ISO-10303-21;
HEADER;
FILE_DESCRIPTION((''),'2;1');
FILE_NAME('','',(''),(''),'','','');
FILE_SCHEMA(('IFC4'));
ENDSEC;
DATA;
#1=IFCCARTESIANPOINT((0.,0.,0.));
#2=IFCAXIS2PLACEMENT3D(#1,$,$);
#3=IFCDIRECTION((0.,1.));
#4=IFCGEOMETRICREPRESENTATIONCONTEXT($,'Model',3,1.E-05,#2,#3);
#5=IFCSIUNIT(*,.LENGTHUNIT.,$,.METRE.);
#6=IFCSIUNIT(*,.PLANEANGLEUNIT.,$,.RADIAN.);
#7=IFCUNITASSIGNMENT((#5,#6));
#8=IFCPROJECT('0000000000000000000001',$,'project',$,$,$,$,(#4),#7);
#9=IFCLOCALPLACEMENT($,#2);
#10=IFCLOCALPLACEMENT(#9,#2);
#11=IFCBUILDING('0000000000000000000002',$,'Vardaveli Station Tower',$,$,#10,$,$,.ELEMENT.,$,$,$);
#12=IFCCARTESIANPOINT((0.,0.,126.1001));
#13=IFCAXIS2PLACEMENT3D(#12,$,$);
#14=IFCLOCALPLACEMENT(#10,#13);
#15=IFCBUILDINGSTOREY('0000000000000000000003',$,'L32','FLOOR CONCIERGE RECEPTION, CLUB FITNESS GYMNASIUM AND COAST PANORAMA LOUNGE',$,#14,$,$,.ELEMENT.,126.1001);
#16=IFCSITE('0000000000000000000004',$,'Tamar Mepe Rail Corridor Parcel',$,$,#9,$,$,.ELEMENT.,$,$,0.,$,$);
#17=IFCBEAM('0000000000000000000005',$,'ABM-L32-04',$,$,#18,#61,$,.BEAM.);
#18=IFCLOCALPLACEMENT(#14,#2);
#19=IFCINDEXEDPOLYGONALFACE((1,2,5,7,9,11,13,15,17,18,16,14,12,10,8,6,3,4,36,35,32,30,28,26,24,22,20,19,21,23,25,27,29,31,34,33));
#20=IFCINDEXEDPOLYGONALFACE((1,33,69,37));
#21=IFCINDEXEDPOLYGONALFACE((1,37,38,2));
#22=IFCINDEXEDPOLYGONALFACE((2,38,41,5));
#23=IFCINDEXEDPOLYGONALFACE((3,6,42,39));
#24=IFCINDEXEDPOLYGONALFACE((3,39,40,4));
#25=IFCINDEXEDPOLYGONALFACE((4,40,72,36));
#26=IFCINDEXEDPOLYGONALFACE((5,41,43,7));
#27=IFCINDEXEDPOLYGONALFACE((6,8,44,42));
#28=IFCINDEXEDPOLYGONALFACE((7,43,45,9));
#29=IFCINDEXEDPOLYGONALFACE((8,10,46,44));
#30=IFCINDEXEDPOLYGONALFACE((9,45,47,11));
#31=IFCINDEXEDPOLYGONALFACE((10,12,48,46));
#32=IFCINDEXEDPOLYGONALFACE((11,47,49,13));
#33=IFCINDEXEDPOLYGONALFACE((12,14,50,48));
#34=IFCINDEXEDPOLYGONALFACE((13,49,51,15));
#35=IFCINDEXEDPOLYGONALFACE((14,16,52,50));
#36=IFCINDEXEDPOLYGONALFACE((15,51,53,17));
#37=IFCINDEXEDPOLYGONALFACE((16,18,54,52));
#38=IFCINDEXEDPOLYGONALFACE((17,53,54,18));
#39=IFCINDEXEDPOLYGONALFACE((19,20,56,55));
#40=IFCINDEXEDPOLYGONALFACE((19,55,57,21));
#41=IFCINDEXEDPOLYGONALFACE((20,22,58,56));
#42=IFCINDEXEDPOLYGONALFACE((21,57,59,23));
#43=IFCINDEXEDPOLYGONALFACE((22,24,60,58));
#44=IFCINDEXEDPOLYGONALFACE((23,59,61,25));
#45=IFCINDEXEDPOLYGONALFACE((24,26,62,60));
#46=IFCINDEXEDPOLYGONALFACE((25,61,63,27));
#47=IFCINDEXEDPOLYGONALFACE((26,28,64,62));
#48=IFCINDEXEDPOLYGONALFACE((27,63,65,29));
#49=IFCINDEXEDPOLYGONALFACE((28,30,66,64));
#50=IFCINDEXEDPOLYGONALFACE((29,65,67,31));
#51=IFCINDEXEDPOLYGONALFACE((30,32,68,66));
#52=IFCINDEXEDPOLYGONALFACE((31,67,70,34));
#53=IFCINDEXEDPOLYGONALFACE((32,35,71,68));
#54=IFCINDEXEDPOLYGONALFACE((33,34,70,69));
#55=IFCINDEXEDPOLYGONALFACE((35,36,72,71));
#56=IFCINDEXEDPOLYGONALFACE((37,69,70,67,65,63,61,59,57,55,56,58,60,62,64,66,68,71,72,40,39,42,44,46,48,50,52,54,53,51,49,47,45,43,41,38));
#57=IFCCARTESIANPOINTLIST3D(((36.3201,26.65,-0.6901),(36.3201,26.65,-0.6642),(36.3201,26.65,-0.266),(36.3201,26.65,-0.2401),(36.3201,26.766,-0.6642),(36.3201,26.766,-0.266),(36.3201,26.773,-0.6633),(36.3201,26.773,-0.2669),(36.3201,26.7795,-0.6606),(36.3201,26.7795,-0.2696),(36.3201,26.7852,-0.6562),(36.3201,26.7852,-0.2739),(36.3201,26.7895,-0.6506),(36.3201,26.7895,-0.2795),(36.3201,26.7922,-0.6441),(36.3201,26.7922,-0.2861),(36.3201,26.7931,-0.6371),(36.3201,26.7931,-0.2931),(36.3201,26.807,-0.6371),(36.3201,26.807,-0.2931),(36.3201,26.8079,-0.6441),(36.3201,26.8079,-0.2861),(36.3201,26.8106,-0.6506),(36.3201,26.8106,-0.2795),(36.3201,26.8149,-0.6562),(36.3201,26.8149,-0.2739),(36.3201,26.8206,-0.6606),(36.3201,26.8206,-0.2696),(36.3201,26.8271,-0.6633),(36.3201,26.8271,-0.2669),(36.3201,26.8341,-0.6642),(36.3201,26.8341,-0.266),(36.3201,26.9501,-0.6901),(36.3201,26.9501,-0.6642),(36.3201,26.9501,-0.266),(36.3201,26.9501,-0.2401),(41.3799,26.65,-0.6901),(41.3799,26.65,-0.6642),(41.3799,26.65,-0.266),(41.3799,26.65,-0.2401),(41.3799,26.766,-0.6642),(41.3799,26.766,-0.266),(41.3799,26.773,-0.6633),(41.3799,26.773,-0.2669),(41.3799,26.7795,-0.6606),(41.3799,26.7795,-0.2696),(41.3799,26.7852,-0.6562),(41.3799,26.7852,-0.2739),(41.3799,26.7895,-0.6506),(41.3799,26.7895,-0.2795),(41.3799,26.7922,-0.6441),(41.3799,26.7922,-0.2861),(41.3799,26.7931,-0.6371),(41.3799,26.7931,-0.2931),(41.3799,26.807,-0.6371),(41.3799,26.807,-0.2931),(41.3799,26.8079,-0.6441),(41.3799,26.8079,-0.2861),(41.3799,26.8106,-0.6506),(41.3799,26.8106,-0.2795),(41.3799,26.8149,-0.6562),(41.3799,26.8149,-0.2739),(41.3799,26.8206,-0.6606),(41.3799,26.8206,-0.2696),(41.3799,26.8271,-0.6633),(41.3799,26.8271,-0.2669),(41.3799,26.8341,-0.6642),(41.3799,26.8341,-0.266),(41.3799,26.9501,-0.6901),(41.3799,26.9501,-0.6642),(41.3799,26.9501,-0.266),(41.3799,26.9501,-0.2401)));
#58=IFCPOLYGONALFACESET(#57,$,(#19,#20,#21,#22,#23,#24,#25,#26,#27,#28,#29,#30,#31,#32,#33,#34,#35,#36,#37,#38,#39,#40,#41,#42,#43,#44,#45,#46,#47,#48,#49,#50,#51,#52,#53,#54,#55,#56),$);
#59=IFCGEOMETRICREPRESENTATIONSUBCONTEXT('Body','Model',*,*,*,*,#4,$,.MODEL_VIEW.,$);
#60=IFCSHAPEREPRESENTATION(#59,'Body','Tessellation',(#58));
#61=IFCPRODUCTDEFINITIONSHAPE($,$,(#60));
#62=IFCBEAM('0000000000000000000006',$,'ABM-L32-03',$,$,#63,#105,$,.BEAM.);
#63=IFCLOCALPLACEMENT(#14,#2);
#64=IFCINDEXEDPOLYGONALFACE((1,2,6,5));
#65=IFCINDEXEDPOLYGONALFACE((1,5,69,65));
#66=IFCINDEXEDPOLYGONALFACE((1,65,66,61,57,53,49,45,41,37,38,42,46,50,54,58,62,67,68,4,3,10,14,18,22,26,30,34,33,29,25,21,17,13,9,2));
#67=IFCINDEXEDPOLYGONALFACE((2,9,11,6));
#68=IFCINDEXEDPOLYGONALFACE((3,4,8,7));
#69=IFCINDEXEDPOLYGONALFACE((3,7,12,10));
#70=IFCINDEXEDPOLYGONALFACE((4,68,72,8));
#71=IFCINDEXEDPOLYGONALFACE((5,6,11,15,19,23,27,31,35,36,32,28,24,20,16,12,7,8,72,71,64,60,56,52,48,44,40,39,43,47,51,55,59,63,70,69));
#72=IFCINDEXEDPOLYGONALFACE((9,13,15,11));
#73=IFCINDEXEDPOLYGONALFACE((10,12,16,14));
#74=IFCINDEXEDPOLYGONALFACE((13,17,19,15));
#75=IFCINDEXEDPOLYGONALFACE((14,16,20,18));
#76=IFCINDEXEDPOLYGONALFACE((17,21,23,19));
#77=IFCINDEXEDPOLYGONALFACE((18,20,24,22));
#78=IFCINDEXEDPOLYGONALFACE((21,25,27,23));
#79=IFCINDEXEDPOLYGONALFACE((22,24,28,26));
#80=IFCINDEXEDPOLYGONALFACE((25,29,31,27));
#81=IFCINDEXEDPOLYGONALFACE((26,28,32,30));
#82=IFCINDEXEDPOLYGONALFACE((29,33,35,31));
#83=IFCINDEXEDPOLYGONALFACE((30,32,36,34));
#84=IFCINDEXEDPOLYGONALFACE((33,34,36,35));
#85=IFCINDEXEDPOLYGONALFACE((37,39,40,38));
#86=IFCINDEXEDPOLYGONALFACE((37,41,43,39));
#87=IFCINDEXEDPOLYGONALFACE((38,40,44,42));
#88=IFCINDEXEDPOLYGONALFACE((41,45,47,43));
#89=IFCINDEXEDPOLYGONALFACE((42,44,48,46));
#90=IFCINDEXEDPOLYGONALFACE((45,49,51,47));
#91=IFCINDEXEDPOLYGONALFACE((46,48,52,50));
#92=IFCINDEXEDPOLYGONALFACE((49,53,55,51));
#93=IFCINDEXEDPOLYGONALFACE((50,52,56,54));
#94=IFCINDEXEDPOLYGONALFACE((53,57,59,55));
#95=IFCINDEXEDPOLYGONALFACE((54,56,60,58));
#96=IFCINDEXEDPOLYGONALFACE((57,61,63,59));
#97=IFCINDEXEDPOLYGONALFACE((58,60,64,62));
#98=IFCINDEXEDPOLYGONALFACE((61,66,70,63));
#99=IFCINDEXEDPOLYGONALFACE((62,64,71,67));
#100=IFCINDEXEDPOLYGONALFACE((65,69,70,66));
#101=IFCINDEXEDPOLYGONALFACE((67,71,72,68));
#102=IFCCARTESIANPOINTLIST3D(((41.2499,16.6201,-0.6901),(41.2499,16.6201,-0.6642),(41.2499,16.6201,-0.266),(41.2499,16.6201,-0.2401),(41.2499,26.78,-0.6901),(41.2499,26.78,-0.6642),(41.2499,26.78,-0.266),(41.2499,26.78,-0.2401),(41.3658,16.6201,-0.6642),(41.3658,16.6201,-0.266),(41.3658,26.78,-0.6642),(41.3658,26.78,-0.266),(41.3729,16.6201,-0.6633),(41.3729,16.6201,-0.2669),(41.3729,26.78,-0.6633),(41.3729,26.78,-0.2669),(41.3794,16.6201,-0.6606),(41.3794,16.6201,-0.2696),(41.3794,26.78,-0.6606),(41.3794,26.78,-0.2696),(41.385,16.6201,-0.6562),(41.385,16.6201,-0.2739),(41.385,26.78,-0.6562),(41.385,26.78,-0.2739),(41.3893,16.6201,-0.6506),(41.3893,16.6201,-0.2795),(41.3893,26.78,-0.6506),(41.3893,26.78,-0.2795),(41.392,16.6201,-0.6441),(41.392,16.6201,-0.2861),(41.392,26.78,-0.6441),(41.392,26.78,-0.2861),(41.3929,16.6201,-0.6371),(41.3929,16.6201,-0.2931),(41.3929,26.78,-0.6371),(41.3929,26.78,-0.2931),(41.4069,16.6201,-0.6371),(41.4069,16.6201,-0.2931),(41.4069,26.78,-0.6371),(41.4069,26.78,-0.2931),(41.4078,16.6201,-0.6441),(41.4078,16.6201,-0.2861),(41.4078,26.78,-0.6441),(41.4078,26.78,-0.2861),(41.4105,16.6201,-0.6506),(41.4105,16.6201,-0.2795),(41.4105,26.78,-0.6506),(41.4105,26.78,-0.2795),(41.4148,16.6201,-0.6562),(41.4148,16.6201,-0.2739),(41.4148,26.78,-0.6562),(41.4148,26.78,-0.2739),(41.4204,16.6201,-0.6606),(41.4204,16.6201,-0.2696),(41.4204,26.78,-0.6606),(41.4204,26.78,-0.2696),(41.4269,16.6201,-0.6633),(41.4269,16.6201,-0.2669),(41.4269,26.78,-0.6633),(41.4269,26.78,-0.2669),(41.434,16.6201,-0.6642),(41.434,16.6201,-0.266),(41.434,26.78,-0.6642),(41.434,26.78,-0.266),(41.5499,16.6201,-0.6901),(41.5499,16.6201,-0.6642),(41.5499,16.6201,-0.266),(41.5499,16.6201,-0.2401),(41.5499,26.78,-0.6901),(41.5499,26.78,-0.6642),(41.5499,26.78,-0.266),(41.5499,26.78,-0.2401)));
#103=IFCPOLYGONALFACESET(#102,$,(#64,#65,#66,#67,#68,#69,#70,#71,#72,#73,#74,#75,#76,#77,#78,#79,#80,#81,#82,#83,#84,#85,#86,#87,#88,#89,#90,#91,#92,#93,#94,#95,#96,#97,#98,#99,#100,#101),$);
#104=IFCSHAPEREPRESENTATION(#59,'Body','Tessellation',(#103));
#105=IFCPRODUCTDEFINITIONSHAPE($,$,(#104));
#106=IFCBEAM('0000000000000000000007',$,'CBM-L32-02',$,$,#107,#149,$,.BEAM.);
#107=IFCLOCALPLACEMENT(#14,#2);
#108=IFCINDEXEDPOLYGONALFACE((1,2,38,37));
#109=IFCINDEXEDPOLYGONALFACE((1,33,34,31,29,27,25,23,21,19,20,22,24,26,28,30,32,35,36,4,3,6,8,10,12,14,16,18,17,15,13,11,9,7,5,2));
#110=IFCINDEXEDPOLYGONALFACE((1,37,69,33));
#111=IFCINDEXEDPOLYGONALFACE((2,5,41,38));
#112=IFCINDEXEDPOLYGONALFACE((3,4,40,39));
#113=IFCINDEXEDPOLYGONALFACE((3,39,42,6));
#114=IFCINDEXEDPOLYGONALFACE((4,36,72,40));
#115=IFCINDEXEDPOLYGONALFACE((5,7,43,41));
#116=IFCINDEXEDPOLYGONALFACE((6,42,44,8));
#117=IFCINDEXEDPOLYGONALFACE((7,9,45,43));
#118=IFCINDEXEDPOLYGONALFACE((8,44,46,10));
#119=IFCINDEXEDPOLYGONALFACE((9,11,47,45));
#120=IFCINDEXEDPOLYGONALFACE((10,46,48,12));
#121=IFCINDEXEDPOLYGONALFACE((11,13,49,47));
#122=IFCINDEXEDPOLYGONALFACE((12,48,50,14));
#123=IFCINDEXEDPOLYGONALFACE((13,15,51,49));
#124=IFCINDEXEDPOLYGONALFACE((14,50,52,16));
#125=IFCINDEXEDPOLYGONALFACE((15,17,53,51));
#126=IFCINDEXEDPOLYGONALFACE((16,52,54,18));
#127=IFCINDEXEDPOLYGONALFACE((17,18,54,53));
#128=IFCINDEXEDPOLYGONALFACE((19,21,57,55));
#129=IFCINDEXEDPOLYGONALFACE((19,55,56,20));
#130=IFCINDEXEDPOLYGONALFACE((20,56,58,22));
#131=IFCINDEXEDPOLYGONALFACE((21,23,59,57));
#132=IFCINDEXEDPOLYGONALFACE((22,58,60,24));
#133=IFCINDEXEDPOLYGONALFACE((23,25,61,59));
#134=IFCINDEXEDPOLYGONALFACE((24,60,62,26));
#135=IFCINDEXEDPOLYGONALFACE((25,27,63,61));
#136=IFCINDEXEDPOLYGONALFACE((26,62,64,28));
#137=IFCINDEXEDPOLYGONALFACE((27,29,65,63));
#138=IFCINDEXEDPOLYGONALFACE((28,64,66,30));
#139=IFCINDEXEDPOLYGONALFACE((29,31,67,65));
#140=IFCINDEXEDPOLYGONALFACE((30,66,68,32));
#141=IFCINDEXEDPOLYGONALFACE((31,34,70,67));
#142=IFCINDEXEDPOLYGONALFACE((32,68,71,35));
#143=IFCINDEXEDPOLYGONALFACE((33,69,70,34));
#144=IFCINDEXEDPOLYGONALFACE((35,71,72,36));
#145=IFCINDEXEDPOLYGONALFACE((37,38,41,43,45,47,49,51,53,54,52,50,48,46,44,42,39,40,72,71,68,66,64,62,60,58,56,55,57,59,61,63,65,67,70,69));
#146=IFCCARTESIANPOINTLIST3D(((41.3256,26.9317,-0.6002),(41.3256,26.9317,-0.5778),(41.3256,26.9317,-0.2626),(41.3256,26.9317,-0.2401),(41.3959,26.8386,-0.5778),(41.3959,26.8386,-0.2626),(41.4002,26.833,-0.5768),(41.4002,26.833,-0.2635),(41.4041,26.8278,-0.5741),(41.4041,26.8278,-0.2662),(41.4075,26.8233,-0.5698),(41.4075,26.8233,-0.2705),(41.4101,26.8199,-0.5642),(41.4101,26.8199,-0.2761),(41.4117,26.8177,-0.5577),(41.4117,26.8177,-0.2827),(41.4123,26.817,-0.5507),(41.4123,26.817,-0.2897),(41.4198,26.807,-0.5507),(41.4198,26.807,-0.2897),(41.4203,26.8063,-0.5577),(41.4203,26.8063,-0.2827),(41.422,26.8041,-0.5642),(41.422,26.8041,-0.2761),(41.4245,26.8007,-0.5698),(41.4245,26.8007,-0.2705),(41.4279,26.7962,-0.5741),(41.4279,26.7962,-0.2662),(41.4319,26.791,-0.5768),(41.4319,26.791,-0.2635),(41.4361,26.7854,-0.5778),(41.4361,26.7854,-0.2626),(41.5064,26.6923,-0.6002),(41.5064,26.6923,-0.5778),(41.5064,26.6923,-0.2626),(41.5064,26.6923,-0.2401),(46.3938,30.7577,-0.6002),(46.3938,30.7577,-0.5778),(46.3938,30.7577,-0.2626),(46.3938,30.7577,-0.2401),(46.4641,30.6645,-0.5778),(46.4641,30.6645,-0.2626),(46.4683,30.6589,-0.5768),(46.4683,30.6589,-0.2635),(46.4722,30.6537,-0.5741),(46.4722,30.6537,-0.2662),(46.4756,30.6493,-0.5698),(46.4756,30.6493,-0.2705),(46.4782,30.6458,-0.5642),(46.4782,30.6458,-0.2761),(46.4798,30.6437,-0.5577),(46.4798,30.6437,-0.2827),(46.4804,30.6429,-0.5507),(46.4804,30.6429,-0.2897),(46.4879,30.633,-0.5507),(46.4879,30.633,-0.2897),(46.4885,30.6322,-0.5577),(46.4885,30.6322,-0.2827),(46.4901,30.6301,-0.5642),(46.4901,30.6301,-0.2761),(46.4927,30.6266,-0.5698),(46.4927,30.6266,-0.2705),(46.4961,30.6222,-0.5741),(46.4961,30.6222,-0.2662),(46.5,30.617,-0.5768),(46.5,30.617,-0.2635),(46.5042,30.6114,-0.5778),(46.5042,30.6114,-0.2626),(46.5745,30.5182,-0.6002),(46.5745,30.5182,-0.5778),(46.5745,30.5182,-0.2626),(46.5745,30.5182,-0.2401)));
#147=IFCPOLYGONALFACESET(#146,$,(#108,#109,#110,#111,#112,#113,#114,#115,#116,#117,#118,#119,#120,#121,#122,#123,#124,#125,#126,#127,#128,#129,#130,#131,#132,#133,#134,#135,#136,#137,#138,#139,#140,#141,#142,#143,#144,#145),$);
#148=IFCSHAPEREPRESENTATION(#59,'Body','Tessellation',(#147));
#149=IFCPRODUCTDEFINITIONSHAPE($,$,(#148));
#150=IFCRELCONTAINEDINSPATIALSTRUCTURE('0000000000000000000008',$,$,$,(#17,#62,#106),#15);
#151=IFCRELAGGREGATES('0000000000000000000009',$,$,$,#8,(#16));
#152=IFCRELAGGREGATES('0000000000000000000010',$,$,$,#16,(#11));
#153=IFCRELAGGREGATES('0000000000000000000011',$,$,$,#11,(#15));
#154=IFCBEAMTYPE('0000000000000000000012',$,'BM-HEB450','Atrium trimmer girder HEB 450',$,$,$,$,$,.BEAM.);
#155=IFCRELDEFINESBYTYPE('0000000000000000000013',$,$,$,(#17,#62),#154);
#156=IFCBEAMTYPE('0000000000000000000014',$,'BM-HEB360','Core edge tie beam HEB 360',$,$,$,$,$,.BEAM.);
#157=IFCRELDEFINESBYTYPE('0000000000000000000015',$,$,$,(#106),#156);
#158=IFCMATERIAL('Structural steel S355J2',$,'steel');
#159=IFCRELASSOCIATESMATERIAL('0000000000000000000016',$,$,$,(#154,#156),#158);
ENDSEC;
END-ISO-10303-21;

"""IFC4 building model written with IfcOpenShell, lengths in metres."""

from ifc_helpers import new_model, si_unit, direction, frame, origin, origin_2d, place, context, subcontext, project, spatial, i_section, extrude, source, transform, mapped, material, material_profile, profile_set, type_object, element, save


model = new_model("IFC4")

# Units and contexts
model_context = context("Model", 3, precision=1e-05, world=origin(), true_north=direction((0.0, 1.0)))
body_context = subcontext(model_context, "Body", "Model", "MODEL_VIEW")
ifc_project = project(units=[si_unit("LENGTHUNIT", "METRE"), si_unit("PLANEANGLEUNIT", "RADIAN")], contexts=[model_context])

# Site, building, storey
site_placement = place(None, origin())
site = spatial("IfcSite", under=ifc_project, at=site_placement, Name="Tamar Mepe Rail Corridor Parcel", CompositionType="ELEMENT", RefElevation=0.0)
building_placement = place(site_placement, origin())
building = spatial("IfcBuilding", under=site, at=building_placement, Name="Vardaveli Station Tower", CompositionType="ELEMENT")
storey_placement = place(building_placement, frame((0.0, 0.0, 126.1001)))
storey = spatial("IfcBuildingStorey", under=building, at=storey_placement, Name="L32", Description="FLOOR CONCIERGE RECEPTION, CLUB FITNESS GYMNASIUM AND COAST PANORAMA LOUNGE", CompositionType="ELEMENT", Elevation=126.1001)

# Beams
ifc_material_1 = material(Name="Structural steel S355J2", Category="steel")
ifc_material_profile_1 = material_profile(ifc_material_1, i_section(OverallWidth=0.3, OverallDepth=0.45, WebThickness=0.0139, FlangeThickness=0.0259, FilletRadius=0.0271, at=origin_2d()), Name="HEB 450")
ifc_profile_set_1 = profile_set([ifc_material_profile_1], Name="Structural steel S355J2")
beam_type_1 = type_object("IfcBeamType", Name="BM-HEB450", Description="Atrium trimmer girder HEB 450", PredefinedType="BEAM", material=ifc_profile_set_1)
shared_shape_1 = source(origin(), body_context, "Body", "SweptSolid", [
    extrude(i_section(OverallWidth=0.3, OverallDepth=0.45, WebThickness=0.0139, FlangeThickness=0.0259, FilletRadius=0.0271, at=origin_2d()), origin(), (0.0, 0.0, 1.0), 5.0598),
])
beam_1_placement = place(storey_placement, frame((41.3799, 26.8, -0.4651), z_axis=(-1.0, 0.0, 0.0), x_axis=(0.0, -1.0, 0.0)))
element("IfcBeam", 1, at=beam_1_placement, inside=storey, type_object=beam_type_1, Name="ABM-L32-04", PredefinedType="BEAM", context=body_context, shape_type="MappedRepresentation", body=[
    mapped(shared_shape_1, transform((0.0, 0.0, 0.0), scale=1.0)),
])
shared_shape_2 = source(origin(), body_context, "Body", "SweptSolid", [
    extrude(i_section(OverallWidth=0.3, OverallDepth=0.45, WebThickness=0.0139, FlangeThickness=0.0259, FilletRadius=0.0271, at=origin_2d()), origin(), (0.0, 0.0, 1.0), 10.1599),
])
beam_2_placement = place(storey_placement, frame((41.3999, 16.6201, -0.4651), z_axis=(0.0, 1.0, 0.0), x_axis=(-1.0, 0.0, 0.0)))
element("IfcBeam", 2, at=beam_2_placement, inside=storey, type_object=beam_type_1, Name="ABM-L32-03", PredefinedType="BEAM", context=body_context, shape_type="MappedRepresentation", body=[
    mapped(shared_shape_2, transform((0.0, 0.0, 0.0), scale=1.0)),
])
ifc_material_profile_2 = material_profile(ifc_material_1, i_section(OverallWidth=0.3, OverallDepth=0.3601, WebThickness=0.0125, FlangeThickness=0.0225, FilletRadius=0.0271, at=origin_2d()), Name="HEB 360")
ifc_profile_set_2 = profile_set([ifc_material_profile_2], Name="Structural steel S355J2")
beam_type_2 = type_object("IfcBeamType", Name="BM-HEB360", Description="Core edge tie beam HEB 360", PredefinedType="BEAM", material=ifc_profile_set_2)
shared_shape_3 = source(origin(), body_context, "Body", "SweptSolid", [
    extrude(i_section(OverallWidth=0.3, OverallDepth=0.3601, WebThickness=0.0125, FlangeThickness=0.0225, FilletRadius=0.0271, at=origin_2d()), origin(), (0.0, 0.0, 1.0), 6.3501),
])
beam_3_placement = place(storey_placement, frame((41.416, 26.812, -0.4202), z_axis=(0.798118, 0.602501, 0.0), x_axis=(-0.602501, 0.798118, 0.0)))
element("IfcBeam", 3, at=beam_3_placement, inside=storey, type_object=beam_type_2, Name="CBM-L32-02", PredefinedType="BEAM", context=body_context, shape_type="MappedRepresentation", body=[
    mapped(shared_shape_3, transform((0.0, 0.0, 0.0), scale=1.0)),
])

save(model, "model.ifc")
